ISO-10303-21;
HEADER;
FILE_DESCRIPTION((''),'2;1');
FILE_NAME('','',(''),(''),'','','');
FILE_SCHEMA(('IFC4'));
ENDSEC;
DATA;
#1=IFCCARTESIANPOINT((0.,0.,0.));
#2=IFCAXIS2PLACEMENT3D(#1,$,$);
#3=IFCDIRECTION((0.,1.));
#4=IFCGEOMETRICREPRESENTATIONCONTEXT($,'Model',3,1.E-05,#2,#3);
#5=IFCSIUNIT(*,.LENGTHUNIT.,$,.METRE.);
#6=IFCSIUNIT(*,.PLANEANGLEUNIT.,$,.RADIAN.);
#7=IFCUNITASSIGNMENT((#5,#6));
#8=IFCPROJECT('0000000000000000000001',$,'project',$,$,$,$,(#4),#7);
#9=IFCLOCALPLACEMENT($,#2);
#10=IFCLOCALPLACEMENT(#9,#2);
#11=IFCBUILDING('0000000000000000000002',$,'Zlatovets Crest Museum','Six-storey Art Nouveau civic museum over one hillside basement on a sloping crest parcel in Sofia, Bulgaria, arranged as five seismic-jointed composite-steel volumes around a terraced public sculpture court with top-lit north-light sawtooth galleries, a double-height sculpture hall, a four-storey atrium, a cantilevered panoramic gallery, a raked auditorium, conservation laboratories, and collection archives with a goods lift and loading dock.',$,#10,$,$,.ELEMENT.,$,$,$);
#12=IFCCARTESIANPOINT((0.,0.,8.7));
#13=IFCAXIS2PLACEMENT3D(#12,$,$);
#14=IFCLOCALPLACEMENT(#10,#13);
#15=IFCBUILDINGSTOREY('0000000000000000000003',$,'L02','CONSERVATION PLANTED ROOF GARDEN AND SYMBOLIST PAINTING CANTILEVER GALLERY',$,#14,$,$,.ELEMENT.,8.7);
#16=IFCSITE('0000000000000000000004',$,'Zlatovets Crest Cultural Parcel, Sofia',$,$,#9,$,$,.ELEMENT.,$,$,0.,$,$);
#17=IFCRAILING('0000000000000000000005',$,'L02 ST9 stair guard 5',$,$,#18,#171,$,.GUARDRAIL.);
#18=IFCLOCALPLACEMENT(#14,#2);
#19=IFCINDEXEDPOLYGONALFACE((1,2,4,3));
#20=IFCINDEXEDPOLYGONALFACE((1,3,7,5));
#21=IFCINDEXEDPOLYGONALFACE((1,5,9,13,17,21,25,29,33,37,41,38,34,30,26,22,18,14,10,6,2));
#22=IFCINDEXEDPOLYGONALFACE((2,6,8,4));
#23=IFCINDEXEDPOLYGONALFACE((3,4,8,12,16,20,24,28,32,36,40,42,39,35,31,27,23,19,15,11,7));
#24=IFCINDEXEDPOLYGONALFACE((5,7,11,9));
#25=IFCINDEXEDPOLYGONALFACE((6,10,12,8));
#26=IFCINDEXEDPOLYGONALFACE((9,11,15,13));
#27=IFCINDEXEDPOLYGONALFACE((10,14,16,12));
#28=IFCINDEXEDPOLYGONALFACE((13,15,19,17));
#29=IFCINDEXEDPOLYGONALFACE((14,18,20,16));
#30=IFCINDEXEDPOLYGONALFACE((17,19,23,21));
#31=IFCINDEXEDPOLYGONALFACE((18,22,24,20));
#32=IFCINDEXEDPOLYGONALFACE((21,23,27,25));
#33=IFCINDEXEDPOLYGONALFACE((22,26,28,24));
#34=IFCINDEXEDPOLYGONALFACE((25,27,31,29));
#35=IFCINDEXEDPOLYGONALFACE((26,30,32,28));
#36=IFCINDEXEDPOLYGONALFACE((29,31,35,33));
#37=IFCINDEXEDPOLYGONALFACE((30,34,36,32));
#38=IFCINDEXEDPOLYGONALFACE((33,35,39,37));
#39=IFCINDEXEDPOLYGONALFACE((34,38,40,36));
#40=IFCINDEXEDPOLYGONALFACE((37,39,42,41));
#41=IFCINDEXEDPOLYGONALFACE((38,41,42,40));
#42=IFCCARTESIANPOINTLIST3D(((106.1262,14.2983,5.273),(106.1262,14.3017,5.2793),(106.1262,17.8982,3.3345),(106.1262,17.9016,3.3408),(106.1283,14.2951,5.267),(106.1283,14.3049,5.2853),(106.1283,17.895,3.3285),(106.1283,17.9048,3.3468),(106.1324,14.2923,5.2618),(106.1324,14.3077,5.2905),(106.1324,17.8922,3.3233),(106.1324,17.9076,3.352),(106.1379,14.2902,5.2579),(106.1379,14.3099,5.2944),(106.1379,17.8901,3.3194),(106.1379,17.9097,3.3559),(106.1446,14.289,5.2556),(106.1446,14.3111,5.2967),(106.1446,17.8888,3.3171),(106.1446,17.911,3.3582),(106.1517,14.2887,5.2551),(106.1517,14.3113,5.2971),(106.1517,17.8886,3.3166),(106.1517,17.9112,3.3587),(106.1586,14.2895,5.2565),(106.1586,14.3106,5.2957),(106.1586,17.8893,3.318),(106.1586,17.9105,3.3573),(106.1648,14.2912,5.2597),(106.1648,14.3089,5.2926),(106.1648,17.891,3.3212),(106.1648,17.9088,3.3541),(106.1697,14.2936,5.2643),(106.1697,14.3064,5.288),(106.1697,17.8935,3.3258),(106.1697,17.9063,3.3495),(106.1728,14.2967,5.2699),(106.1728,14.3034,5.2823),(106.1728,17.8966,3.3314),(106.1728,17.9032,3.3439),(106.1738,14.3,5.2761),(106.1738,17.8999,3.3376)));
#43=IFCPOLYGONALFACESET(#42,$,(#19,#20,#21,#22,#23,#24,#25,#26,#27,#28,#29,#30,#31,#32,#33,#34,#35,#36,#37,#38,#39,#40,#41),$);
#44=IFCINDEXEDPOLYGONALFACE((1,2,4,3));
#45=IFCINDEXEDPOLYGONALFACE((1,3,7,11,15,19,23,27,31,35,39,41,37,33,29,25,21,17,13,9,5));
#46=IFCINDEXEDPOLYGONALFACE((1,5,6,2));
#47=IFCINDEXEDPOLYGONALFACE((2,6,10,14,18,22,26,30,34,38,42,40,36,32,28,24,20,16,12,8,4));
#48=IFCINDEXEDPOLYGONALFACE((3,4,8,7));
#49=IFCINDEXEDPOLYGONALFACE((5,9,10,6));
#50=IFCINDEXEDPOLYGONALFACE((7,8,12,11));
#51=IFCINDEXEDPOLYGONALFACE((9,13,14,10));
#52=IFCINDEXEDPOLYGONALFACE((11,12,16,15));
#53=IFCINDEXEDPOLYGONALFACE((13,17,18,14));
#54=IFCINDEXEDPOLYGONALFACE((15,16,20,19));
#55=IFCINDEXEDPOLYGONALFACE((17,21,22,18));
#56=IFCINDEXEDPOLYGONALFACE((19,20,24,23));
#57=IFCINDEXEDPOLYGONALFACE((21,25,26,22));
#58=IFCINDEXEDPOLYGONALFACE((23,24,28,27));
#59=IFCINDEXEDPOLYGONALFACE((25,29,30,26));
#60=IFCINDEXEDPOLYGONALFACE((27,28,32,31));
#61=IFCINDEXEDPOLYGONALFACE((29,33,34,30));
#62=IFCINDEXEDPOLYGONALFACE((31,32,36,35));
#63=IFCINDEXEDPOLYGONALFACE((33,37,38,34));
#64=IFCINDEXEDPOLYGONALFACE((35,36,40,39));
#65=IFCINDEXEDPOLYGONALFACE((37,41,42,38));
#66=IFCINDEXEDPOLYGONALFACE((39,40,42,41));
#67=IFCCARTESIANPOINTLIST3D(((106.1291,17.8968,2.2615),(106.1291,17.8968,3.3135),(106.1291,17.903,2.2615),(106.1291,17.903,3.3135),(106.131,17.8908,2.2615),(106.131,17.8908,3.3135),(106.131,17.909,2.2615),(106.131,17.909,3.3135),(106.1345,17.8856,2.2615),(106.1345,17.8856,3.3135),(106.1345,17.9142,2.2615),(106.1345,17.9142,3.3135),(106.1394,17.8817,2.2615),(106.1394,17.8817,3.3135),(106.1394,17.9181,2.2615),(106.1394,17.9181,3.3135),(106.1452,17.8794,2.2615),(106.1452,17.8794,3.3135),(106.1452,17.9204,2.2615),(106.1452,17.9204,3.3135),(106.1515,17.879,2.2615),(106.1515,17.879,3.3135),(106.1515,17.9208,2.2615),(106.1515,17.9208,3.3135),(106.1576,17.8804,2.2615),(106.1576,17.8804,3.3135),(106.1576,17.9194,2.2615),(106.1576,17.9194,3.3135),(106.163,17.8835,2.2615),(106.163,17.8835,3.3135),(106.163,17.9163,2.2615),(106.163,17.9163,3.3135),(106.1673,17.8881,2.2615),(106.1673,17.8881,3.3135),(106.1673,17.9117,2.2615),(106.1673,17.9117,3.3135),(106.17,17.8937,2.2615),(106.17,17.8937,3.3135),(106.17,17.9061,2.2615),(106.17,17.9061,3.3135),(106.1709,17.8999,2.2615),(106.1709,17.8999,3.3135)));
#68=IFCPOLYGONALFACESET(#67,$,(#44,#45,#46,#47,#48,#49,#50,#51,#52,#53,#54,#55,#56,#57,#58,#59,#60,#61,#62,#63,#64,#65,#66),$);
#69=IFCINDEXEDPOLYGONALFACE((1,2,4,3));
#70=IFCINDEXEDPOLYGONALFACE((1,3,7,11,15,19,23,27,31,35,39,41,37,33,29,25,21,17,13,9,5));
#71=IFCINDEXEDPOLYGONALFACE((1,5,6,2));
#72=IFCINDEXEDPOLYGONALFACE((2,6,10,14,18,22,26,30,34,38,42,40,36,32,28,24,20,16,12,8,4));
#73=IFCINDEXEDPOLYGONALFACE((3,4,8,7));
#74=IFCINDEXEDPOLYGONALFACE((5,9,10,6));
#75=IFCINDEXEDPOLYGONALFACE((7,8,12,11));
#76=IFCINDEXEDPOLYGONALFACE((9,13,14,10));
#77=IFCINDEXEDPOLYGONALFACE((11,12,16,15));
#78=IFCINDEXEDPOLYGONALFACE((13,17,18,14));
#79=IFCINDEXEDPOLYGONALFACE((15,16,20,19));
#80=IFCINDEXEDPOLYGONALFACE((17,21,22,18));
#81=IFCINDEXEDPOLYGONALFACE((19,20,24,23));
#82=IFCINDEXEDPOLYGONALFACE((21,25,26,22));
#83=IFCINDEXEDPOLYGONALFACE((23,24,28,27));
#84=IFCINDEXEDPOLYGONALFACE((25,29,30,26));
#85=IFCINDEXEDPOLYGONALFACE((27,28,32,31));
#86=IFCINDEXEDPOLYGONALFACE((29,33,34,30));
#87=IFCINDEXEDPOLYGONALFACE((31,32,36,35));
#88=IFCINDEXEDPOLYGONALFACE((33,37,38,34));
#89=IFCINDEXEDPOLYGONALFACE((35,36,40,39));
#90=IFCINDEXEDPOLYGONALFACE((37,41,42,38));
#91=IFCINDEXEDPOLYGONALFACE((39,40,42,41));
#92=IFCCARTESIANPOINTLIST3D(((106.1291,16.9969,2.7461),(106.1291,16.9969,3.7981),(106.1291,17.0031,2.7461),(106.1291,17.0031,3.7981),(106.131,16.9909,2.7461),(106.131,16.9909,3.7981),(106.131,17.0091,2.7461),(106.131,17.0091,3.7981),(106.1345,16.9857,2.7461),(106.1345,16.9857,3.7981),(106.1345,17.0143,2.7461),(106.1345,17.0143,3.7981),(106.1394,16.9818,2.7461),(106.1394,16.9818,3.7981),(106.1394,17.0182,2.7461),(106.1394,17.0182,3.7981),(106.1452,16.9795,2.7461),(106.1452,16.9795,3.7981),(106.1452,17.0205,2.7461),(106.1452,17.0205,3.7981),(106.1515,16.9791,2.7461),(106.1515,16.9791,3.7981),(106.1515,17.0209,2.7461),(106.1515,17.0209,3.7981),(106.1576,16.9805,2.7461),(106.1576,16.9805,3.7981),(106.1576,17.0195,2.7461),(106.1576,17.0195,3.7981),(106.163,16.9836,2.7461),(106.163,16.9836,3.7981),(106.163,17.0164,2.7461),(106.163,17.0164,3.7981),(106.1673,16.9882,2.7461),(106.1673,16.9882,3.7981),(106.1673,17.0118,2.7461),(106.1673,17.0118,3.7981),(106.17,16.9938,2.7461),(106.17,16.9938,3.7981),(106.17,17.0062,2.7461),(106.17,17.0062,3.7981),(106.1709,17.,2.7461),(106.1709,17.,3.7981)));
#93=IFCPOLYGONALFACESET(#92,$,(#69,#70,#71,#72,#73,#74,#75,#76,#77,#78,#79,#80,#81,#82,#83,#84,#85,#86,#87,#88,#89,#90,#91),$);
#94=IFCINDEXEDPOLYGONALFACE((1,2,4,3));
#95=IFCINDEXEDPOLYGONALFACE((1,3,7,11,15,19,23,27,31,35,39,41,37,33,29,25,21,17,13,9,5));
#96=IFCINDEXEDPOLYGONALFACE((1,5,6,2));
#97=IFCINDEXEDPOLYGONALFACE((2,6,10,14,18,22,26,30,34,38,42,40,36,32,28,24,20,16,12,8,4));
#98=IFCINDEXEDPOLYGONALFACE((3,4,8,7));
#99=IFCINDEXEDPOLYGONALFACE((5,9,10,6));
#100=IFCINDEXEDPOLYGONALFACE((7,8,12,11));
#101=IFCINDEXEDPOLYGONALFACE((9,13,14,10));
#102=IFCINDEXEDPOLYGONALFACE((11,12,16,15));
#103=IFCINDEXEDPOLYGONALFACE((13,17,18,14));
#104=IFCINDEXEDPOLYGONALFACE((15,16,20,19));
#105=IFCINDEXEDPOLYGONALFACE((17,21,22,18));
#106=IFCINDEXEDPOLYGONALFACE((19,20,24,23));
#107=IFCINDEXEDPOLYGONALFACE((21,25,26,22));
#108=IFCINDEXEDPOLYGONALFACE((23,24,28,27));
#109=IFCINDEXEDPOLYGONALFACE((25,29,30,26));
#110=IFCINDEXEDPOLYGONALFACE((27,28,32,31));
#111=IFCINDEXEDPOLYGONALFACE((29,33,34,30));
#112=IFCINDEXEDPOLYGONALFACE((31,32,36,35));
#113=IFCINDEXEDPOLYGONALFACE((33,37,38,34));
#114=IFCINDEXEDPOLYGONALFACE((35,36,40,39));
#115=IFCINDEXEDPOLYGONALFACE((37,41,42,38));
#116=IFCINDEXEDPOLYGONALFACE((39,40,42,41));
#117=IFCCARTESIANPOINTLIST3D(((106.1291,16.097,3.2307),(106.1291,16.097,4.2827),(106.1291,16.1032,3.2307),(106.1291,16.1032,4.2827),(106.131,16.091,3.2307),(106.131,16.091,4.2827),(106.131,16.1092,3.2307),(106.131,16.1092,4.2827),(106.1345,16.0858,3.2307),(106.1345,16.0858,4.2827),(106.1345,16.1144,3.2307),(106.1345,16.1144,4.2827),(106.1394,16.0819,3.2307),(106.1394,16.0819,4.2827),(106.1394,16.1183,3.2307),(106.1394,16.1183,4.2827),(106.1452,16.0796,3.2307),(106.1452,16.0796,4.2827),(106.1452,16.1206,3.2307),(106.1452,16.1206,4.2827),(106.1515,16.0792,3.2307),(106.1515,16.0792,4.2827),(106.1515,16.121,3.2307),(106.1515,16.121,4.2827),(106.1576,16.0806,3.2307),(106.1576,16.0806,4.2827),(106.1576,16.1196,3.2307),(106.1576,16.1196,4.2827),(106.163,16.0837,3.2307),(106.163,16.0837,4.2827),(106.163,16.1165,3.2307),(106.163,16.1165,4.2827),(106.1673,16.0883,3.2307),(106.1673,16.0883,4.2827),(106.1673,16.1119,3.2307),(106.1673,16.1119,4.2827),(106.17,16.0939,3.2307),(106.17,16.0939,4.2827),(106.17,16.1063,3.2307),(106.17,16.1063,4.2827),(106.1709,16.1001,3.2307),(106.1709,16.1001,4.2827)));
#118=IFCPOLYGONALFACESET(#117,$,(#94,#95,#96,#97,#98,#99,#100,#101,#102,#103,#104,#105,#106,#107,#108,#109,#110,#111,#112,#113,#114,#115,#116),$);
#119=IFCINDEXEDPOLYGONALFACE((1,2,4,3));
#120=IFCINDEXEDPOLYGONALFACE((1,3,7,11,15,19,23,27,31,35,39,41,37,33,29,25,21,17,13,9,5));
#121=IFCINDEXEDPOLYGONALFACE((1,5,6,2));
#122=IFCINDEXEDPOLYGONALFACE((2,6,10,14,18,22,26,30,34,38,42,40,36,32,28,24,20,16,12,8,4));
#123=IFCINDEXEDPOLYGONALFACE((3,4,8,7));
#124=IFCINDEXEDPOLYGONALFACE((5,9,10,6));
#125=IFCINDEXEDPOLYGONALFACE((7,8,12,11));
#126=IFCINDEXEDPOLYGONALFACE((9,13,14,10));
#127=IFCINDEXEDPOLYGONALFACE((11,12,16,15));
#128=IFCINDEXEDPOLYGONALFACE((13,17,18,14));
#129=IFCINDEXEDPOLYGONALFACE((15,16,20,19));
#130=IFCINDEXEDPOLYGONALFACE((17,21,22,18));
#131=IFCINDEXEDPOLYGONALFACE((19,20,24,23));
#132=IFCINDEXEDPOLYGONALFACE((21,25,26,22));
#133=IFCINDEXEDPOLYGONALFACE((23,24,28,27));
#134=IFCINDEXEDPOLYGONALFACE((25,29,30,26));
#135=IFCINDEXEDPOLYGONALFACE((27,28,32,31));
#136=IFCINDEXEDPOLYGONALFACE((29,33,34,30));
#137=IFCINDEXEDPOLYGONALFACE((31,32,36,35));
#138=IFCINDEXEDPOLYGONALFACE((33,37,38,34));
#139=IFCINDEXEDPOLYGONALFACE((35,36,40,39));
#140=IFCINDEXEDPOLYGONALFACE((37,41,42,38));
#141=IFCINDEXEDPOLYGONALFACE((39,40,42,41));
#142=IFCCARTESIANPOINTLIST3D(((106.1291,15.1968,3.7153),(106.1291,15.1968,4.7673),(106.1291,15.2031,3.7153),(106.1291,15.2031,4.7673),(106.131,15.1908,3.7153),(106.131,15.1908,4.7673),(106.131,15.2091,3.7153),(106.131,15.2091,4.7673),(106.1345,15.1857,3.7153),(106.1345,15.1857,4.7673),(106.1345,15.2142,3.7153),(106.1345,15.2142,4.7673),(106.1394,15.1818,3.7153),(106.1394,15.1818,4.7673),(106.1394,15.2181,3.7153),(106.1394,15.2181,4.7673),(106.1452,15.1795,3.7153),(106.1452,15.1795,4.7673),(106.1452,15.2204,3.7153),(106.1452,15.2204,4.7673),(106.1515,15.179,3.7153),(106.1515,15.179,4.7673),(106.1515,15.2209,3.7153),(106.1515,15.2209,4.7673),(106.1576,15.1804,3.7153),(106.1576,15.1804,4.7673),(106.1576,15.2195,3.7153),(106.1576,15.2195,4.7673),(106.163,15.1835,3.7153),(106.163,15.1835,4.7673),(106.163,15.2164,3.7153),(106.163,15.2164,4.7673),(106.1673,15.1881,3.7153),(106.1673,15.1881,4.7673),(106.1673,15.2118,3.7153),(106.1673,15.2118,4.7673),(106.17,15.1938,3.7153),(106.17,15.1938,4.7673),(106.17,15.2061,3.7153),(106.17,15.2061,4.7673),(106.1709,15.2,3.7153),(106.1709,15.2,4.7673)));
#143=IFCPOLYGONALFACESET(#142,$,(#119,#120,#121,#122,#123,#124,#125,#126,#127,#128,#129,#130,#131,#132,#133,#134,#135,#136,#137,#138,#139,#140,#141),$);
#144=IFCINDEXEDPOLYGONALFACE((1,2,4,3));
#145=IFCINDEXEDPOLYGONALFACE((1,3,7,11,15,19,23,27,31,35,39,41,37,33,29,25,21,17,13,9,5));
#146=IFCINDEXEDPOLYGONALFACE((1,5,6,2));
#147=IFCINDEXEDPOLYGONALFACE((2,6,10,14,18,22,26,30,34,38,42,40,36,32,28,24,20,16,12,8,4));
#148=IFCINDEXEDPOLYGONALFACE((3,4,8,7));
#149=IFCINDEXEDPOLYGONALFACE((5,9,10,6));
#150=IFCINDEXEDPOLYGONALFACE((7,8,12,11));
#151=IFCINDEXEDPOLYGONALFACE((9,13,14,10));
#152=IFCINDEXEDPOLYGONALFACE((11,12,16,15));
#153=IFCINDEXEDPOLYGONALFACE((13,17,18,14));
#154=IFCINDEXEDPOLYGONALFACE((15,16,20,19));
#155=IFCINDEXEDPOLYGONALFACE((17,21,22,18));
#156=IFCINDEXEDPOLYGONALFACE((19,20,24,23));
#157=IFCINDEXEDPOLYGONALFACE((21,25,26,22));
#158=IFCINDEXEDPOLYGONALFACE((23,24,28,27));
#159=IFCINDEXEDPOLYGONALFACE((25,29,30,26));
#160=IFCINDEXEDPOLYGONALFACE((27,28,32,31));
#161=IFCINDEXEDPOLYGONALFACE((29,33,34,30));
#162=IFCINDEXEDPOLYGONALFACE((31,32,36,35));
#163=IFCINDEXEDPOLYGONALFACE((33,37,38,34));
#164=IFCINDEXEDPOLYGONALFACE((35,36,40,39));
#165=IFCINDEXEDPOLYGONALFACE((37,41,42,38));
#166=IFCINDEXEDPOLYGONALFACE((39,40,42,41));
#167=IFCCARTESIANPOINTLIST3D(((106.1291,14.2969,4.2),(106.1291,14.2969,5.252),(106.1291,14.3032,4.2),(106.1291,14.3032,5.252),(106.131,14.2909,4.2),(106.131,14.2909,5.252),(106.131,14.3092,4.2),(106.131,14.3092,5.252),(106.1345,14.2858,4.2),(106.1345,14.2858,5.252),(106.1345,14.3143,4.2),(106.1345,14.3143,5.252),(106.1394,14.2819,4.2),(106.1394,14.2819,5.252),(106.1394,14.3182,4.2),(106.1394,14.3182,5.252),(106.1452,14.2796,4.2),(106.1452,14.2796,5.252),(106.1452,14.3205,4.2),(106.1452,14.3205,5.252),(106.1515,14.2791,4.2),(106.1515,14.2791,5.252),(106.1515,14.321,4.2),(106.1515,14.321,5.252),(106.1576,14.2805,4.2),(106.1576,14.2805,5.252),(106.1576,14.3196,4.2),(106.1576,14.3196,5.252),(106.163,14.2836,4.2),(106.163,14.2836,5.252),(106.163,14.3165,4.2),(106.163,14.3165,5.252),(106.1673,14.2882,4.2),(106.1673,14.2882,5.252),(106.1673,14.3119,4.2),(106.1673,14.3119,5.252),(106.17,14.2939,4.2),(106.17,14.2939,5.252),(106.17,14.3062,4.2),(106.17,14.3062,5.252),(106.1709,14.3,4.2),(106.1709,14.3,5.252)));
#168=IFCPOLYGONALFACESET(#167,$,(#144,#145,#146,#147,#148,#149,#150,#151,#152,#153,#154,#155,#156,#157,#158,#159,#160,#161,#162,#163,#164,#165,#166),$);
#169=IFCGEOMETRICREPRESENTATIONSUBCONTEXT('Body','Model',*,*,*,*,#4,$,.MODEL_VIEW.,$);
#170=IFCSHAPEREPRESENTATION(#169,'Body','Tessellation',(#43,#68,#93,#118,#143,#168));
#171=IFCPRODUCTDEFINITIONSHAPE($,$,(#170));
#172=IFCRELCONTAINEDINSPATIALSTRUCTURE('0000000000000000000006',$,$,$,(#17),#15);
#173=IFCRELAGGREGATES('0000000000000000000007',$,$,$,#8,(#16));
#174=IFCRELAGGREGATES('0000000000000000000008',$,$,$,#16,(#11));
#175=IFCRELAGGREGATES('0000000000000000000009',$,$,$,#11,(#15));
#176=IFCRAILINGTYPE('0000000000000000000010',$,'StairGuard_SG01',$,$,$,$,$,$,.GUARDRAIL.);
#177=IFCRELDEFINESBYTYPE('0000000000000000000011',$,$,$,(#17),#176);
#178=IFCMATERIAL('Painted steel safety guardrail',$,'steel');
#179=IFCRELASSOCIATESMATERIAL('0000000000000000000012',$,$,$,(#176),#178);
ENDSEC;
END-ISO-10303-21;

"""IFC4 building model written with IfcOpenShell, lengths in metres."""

from ifc_helpers import new_model, si_unit, direction, frame, origin, origin_2d, place, context, subcontext, project, spatial, circle, extrude, material, type_object, element, save


model = new_model("IFC4")

# Units and contexts
model_context = context("Model", 3, precision=1e-05, world=origin(), true_north=direction((0.0, 1.0)))
body_context = subcontext(model_context, "Body", "Model", "MODEL_VIEW")
ifc_project = project(units=[si_unit("LENGTHUNIT", "METRE"), si_unit("PLANEANGLEUNIT", "RADIAN")], contexts=[model_context])

# Site, building, storey
site_placement = place(None, origin())
site = spatial("IfcSite", under=ifc_project, at=site_placement, Name="Zlatovets Crest Cultural Parcel, Sofia", CompositionType="ELEMENT", RefElevation=0.0)
building_placement = place(site_placement, origin())
building = spatial("IfcBuilding", under=site, at=building_placement, Name="Zlatovets Crest Museum", Description="Six-storey Art Nouveau civic museum over one hillside basement on a sloping crest parcel in Sofia, Bulgaria, arranged as five seismic-jointed composite-steel volumes around a terraced public sculpture court with top-lit north-light sawtooth galleries, a double-height sculpture hall, a four-storey atrium, a cantilevered panoramic gallery, a raked auditorium, conservation laboratories, and collection archives with a goods lift and loading dock.", CompositionType="ELEMENT")
storey_placement = place(building_placement, frame((0.0, 0.0, 8.7)))
storey = spatial("IfcBuildingStorey", under=building, at=storey_placement, Name="L02", Description="CONSERVATION PLANTED ROOF GARDEN AND SYMBOLIST PAINTING CANTILEVER GALLERY", CompositionType="ELEMENT", Elevation=8.7)

# Railing
ifc_material_1 = material(Name="Painted steel safety guardrail", Category="steel")
railing_type_1 = type_object("IfcRailingType", Name="StairGuard_SG01", PredefinedType="GUARDRAIL", material=ifc_material_1)
railing_1_placement = place(storey_placement, frame((106.1499, 17.8999, 2.2615)))
element("IfcRailing", 1, at=railing_1_placement, inside=storey, type_object=railing_type_1, Name="L02 ST9 stair guard 5", PredefinedType="GUARDRAIL", context=body_context, shape_type="SweptSolid", body=[
    extrude(circle(Radius=0.0239, at=origin_2d()), frame((0.0, 0.0, 1.0762), z_axis=(0.0, -0.880462, 0.474118), x_axis=(1.0, 0.0, 0.0)), (0.0, 0.0, 1.0), 4.0886),
    extrude(circle(Radius=0.021, at=origin_2d()), origin(), (0.0, 0.0, 1.0), 1.052),
    extrude(circle(Radius=0.021, at=origin_2d()), frame((0.0, -0.8999, 0.4846)), (0.0, 0.0, 1.0), 1.052),
    extrude(circle(Radius=0.021, at=origin_2d()), frame((0.0, -1.7998, 0.9692)), (0.0, 0.0, 1.0), 1.052),
    extrude(circle(Radius=0.021, at=origin_2d()), frame((0.0, -2.7, 1.4539)), (0.0, 0.0, 1.0), 1.052),
    extrude(circle(Radius=0.021, at=origin_2d()), frame((0.0, -3.5999, 1.9385)), (0.0, 0.0, 1.0), 1.052),
])

save(model, "model.ifc")
